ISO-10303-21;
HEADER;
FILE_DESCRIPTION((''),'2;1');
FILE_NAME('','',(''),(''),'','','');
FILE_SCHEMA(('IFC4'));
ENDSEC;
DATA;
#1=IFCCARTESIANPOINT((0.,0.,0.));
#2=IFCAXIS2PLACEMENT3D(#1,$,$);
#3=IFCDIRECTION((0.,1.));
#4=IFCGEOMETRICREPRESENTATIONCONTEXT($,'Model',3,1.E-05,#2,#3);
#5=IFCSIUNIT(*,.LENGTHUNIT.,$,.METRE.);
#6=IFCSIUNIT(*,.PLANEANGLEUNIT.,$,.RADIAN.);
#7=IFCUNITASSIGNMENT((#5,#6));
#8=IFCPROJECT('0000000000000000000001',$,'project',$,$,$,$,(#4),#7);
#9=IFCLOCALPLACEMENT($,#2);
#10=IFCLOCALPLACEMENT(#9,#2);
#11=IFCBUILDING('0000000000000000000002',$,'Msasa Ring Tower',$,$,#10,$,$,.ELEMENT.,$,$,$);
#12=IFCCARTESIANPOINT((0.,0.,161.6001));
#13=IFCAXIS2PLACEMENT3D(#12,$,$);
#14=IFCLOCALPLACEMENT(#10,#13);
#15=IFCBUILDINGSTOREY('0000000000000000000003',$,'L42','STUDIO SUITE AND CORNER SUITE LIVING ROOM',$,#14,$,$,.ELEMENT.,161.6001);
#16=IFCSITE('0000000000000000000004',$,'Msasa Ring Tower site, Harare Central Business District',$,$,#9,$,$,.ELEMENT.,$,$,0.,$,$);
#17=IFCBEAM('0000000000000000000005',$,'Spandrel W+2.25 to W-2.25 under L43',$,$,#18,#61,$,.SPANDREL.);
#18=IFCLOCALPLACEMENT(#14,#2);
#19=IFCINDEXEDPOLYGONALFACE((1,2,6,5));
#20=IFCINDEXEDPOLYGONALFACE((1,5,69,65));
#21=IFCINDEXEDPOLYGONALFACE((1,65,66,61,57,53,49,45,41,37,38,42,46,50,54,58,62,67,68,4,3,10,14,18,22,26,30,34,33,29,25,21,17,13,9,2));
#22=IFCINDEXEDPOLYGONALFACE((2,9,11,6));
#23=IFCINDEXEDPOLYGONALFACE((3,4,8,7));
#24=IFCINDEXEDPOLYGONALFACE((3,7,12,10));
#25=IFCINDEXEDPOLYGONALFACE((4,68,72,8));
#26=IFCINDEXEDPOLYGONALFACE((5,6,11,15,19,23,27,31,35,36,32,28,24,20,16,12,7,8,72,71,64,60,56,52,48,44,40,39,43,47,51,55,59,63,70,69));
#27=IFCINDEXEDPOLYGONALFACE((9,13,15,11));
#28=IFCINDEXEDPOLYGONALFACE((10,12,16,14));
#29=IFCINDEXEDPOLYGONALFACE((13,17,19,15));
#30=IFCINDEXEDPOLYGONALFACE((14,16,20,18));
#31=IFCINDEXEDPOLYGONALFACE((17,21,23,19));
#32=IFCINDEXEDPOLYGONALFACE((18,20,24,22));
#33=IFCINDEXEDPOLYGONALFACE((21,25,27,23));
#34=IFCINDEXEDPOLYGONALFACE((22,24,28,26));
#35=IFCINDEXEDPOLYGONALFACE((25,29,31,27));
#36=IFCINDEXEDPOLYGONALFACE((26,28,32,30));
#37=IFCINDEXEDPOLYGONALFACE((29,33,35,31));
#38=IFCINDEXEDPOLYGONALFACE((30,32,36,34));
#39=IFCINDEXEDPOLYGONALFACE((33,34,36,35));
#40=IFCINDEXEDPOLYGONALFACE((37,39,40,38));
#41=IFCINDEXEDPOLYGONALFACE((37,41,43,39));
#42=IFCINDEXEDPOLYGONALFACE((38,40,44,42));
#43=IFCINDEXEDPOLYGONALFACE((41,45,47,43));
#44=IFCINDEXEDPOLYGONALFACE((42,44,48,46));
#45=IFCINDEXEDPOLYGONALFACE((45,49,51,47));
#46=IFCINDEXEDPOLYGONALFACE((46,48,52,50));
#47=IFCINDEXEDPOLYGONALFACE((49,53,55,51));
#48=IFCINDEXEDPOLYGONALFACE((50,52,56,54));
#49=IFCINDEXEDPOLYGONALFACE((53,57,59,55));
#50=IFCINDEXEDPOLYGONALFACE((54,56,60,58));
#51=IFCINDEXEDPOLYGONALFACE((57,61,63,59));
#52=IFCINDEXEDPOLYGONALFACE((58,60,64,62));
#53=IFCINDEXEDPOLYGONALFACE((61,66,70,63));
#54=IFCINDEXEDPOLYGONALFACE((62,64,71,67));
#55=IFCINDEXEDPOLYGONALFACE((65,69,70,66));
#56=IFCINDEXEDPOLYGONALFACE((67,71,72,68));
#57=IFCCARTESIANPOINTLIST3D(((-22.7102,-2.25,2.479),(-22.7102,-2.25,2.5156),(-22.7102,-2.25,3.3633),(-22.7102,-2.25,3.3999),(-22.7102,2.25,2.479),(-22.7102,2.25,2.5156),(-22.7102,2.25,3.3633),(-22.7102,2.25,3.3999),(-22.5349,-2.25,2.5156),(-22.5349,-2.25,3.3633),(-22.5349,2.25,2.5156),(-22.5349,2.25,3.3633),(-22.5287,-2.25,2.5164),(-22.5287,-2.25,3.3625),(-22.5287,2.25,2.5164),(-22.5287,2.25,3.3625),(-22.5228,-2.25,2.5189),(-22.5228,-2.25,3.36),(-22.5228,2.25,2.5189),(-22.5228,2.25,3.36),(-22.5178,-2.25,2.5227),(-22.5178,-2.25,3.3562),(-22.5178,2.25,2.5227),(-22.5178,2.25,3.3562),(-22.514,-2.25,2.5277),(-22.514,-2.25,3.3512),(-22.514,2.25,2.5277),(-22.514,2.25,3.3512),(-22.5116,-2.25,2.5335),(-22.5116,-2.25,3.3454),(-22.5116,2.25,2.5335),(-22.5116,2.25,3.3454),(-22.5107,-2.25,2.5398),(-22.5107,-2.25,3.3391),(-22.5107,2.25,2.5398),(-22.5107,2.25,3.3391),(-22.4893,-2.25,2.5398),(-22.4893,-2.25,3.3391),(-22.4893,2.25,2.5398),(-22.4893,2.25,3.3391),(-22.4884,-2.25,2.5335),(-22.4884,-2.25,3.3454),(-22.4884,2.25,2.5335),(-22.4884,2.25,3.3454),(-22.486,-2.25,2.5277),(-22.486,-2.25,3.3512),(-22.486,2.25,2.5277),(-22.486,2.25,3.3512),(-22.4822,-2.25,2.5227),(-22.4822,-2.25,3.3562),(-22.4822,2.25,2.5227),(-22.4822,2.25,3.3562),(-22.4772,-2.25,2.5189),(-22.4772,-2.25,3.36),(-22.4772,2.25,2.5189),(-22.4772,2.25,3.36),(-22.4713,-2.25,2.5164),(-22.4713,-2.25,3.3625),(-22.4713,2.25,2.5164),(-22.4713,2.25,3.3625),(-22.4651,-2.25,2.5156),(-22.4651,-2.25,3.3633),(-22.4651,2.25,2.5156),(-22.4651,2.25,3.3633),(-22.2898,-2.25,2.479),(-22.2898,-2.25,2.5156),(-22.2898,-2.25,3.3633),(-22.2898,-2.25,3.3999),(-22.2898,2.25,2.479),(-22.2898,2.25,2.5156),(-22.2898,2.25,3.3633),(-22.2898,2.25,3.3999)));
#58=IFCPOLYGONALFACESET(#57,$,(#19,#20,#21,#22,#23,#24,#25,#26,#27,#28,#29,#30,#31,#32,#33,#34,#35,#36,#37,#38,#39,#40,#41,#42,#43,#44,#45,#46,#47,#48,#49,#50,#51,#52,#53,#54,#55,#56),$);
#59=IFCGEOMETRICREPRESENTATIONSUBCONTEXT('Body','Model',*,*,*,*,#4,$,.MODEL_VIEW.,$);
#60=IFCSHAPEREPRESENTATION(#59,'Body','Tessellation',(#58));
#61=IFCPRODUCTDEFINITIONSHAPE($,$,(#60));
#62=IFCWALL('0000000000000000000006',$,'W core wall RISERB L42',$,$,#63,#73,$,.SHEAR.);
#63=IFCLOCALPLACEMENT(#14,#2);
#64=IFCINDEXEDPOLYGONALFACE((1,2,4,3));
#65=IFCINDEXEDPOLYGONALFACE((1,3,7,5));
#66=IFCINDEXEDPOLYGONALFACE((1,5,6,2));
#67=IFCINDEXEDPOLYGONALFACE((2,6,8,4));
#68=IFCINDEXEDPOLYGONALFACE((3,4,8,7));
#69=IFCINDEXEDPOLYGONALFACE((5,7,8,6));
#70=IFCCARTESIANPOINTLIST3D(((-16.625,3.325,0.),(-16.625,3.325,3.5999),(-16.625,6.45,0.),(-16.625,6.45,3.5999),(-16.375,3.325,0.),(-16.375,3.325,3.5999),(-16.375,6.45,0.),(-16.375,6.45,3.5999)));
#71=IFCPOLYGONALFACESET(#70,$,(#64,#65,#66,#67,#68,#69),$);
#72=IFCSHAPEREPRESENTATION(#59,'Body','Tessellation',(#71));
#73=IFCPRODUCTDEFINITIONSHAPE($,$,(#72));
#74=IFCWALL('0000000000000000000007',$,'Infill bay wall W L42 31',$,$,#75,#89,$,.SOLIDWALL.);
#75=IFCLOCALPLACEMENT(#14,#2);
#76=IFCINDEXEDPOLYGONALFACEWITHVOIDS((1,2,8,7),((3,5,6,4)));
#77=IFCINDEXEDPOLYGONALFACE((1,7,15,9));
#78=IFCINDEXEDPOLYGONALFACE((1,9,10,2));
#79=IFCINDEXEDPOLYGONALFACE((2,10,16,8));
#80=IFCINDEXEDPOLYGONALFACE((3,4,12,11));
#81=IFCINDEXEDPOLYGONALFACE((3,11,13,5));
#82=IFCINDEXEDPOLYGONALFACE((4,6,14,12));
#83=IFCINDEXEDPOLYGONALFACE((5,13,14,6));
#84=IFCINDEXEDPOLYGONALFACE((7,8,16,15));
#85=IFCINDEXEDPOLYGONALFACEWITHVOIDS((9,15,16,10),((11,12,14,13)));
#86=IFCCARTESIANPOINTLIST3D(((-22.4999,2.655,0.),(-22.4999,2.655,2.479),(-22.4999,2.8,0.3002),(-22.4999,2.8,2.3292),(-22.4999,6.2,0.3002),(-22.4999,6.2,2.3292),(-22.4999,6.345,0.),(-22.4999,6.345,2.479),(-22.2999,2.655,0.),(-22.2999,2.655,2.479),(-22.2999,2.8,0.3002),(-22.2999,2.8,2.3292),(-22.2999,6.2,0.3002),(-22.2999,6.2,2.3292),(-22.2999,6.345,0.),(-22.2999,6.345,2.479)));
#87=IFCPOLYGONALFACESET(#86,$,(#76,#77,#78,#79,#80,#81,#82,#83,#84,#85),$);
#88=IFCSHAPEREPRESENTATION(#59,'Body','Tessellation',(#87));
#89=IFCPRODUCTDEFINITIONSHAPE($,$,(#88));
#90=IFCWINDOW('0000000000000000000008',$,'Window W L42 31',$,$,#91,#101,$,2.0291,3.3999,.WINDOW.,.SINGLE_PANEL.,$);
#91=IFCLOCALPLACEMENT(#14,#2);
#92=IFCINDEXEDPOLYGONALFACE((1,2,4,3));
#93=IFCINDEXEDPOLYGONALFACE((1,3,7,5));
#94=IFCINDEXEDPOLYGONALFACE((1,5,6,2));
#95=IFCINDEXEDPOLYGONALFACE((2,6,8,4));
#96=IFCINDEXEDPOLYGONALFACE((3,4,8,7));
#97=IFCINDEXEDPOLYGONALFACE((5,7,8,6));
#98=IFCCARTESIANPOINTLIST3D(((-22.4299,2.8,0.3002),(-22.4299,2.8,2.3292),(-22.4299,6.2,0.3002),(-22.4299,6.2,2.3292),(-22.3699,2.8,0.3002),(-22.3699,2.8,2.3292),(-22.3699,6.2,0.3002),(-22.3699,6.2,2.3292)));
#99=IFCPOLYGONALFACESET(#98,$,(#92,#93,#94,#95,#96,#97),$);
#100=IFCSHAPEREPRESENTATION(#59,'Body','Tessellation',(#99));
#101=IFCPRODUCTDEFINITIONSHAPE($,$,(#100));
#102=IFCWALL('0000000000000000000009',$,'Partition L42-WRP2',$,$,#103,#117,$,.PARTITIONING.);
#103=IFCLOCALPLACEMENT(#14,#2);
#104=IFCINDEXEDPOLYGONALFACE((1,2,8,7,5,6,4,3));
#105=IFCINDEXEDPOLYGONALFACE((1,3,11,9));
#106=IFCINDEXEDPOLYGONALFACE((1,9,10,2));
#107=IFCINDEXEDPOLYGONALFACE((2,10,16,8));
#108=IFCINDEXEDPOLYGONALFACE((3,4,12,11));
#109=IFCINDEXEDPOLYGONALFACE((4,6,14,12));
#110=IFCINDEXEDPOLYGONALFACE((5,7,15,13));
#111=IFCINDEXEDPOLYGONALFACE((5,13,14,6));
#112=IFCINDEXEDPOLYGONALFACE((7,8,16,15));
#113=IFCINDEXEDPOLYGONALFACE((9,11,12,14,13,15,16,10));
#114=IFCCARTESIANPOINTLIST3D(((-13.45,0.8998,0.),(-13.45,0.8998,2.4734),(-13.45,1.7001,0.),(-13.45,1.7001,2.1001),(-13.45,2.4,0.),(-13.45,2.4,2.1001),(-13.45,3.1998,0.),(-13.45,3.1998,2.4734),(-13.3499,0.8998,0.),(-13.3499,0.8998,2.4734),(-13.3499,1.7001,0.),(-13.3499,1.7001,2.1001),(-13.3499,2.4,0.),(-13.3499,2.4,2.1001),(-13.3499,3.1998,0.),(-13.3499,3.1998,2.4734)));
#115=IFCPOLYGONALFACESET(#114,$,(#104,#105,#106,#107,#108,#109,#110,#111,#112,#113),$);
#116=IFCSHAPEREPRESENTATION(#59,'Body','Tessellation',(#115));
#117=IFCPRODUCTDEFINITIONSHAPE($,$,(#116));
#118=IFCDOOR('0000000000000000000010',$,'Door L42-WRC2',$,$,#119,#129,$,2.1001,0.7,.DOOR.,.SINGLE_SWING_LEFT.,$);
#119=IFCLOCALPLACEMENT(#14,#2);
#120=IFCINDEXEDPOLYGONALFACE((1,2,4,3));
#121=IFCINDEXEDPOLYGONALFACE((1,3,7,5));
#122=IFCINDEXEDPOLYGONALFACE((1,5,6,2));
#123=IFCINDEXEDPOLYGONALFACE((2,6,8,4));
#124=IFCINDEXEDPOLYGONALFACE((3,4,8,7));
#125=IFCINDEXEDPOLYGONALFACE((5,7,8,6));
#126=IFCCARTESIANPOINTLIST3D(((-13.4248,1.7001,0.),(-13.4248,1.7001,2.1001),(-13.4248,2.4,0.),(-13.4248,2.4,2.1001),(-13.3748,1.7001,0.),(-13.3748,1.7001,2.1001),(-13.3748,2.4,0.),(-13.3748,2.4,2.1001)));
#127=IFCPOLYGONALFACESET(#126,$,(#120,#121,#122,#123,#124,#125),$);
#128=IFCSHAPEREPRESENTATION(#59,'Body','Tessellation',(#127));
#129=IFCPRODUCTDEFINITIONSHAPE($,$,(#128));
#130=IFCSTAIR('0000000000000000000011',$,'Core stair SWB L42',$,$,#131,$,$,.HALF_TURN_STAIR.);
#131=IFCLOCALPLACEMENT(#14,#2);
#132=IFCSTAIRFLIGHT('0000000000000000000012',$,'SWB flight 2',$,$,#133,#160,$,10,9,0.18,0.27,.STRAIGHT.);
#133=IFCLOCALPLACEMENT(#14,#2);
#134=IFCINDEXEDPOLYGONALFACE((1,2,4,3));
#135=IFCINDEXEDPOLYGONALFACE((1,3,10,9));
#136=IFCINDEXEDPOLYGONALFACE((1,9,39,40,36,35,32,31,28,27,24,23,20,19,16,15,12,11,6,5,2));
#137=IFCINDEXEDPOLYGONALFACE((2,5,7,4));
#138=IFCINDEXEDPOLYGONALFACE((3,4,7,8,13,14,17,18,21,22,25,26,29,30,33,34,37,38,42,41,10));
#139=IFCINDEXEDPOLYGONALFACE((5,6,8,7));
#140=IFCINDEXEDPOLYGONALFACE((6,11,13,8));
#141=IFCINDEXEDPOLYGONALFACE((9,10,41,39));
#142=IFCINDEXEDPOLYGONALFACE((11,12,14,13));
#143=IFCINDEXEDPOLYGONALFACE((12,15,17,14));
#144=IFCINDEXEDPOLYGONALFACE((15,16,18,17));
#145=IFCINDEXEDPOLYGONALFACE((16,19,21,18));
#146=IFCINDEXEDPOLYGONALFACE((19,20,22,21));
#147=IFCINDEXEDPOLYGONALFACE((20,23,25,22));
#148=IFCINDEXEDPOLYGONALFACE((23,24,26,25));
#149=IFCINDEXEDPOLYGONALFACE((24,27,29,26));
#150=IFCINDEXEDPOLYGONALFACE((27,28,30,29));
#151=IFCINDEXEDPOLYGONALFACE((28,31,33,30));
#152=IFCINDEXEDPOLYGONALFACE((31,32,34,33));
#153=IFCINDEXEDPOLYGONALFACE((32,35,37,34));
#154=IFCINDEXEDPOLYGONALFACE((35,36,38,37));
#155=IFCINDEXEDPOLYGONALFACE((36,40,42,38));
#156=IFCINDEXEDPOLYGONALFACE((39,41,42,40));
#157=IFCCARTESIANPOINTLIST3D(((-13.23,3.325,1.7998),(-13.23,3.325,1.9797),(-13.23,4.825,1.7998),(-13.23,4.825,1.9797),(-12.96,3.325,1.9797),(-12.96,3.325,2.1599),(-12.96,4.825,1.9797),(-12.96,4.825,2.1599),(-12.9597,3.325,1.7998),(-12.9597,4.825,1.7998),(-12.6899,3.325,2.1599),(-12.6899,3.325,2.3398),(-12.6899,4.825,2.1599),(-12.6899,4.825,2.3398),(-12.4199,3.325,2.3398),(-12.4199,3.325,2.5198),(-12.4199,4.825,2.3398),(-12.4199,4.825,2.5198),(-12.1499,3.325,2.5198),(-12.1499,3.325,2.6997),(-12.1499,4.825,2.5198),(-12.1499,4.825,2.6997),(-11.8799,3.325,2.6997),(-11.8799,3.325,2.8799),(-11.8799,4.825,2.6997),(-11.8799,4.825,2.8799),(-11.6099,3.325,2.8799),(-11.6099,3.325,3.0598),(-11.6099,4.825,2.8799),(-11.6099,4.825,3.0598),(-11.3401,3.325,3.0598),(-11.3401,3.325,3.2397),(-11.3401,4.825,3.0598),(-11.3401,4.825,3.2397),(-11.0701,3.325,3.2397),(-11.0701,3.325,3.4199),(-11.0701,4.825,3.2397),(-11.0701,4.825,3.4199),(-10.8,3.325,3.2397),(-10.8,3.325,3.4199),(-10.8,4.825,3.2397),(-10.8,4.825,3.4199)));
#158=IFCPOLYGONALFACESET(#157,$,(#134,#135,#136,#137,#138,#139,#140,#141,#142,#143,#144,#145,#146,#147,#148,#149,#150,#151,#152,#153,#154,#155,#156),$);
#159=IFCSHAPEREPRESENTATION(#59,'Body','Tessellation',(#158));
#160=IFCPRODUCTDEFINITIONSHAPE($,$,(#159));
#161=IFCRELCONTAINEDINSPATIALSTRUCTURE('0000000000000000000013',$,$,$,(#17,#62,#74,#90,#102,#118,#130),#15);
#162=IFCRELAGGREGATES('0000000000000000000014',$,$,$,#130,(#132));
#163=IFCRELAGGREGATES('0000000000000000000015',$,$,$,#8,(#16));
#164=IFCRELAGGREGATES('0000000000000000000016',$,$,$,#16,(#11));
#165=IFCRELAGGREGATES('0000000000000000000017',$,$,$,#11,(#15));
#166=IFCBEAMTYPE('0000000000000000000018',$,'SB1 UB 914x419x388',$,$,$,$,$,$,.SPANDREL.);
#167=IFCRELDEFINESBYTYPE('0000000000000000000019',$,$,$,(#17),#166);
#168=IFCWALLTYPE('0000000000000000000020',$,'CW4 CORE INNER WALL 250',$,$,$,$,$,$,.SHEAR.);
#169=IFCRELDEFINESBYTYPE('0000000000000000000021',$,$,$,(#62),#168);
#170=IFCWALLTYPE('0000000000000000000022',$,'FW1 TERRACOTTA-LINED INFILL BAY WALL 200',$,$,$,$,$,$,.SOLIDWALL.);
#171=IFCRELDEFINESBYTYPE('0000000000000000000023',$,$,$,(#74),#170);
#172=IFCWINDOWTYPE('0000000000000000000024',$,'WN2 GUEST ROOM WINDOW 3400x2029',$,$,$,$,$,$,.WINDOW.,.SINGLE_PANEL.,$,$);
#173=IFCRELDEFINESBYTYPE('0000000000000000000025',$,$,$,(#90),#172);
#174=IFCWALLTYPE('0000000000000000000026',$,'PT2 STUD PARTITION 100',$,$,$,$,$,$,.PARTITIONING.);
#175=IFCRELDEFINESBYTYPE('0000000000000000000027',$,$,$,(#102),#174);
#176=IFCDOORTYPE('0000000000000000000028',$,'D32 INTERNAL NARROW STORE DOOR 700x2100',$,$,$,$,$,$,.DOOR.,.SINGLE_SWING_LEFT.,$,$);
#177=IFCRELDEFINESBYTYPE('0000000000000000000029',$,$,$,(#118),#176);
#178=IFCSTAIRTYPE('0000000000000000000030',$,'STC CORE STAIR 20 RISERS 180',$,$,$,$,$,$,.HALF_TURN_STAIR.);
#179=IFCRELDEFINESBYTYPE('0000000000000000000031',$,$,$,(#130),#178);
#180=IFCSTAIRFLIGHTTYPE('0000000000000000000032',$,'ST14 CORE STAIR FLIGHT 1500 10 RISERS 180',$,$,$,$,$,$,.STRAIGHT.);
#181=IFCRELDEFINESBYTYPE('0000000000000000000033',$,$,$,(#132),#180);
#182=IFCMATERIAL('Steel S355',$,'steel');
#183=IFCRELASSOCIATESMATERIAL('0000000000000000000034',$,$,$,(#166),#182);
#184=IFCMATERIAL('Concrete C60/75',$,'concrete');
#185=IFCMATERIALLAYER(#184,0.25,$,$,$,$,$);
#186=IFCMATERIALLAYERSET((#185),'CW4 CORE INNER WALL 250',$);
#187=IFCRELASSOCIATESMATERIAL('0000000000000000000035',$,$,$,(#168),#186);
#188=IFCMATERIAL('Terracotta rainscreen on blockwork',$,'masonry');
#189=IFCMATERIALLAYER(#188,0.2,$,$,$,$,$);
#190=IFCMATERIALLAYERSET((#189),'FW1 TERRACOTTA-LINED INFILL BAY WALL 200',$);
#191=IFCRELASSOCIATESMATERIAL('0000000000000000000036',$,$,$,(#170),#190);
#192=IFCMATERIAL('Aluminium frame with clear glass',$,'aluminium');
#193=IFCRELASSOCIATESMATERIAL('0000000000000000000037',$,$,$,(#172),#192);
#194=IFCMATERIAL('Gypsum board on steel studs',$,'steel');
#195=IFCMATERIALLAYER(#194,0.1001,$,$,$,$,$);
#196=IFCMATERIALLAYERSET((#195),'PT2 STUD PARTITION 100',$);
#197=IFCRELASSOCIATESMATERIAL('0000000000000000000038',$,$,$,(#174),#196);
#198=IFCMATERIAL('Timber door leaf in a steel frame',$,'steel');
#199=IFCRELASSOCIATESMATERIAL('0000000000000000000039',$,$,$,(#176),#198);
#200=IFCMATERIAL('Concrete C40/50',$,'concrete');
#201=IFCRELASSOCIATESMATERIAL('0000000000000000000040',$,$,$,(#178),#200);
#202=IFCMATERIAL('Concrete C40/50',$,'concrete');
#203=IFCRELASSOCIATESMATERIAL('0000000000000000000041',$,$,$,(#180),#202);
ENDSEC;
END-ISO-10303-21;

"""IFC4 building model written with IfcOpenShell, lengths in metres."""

from ifc_helpers import new_model, si_unit, direction, frame, frame_2d, origin, origin_2d, place, context, subcontext, project, spatial, polyline, rectangle, i_section, outline, extrude, material, layer, layer_set, material_profile, profile_set, type_object, element, fill, aggregate, save


model = new_model("IFC4")

# Units and contexts
model_context = context("Model", 3, precision=1e-05, world=origin(), true_north=direction((0.0, 1.0)))
body_context = subcontext(model_context, "Body", "Model", "MODEL_VIEW")
ifc_project = project(units=[si_unit("LENGTHUNIT", "METRE"), si_unit("PLANEANGLEUNIT", "RADIAN")], contexts=[model_context])

# Site, building, storey
site_placement = place(None, origin())
site = spatial("IfcSite", under=ifc_project, at=site_placement, Name="Msasa Ring Tower site, Harare Central Business District", CompositionType="ELEMENT", RefElevation=0.0)
building_placement = place(site_placement, origin())
building = spatial("IfcBuilding", under=site, at=building_placement, Name="Msasa Ring Tower", CompositionType="ELEMENT")
storey_placement = place(building_placement, frame((0.0, 0.0, 161.6001)))
storey = spatial("IfcBuildingStorey", under=building, at=storey_placement, Name="L42", Description="STUDIO SUITE AND CORNER SUITE LIVING ROOM", CompositionType="ELEMENT", Elevation=161.6001)

# Beam
ifc_material_1 = material(Name="Steel S355", Category="steel")
ifc_material_profile_1 = material_profile(ifc_material_1, i_section(OverallWidth=0.4204, OverallDepth=0.9209, WebThickness=0.0215, FlangeThickness=0.0366, FilletRadius=0.0242, at=origin_2d()), Name="UB 914x419x388")
ifc_profile_set_1 = profile_set([ifc_material_profile_1], Name="Steel S355")
beam_type_1 = type_object("IfcBeamType", Name="SB1 UB 914x419x388", PredefinedType="SPANDREL", material=ifc_profile_set_1)
for number, where, z_axis, x_axis, name in (
    (1, (-22.5, 2.25, 2.9395), (0.0, -1.0, 0.0), (1.0, 0.0, 0.0), "Spandrel W+2.25 to W-2.25 under L43"),
):
    element("IfcBeam", number, at=place(storey_placement, frame(where, z_axis=z_axis, x_axis=x_axis)), inside=storey, type_object=beam_type_1, Name=name, PredefinedType="SPANDREL", context=body_context, shape_type="SweptSolid", body=[
        extrude(i_section(OverallWidth=0.4204, OverallDepth=0.9209, WebThickness=0.0215, FlangeThickness=0.0366, FilletRadius=0.0242, at=origin_2d()), origin(), (0.0, 0.0, 1.0), 4.5),
    ])

# Wall
ifc_material_2 = material(Name="Concrete C60/75", Category="concrete")
ifc_layer_1 = layer(ifc_material_2, 0.25)
ifc_layer_set_1 = layer_set([ifc_layer_1], Name="CW4 CORE INNER WALL 250")
wall_type_1 = type_object("IfcWallType", Name="CW4 CORE INNER WALL 250", PredefinedType="SHEAR", material=ifc_layer_set_1)
wall_1_placement = place(storey_placement, frame((-16.5, 3.325, 0.0), z_axis=(0.0, 0.0, 1.0), x_axis=(0.0, 1.0, 0.0)))
element("IfcWall", 2, at=wall_1_placement, inside=storey, type_object=wall_type_1, Name="W core wall RISERB L42", PredefinedType="SHEAR", context=body_context, shape_type="SweptSolid", body=[
    extrude(rectangle(XDim=3.125, YDim=0.25, at=frame_2d((1.5625, 0.0))), origin(), (0.0, 0.0, 1.0), 3.5999),
])

# Wall, opening, window
ifc_material_3 = material(Name="Terracotta rainscreen on blockwork", Category="masonry")
ifc_layer_2 = layer(ifc_material_3, 0.2)
ifc_layer_set_2 = layer_set([ifc_layer_2], Name="FW1 TERRACOTTA-LINED INFILL BAY WALL 200")
wall_type_2 = type_object("IfcWallType", Name="FW1 TERRACOTTA-LINED INFILL BAY WALL 200", PredefinedType="SOLIDWALL", material=ifc_layer_set_2)
wall_2_placement = place(storey_placement, frame((-22.3999, 2.655, 0.0), z_axis=(0.0, 0.0, 1.0), x_axis=(0.0, 1.0, 0.0)))
wall_2 = element("IfcWall", 3, at=wall_2_placement, inside=storey, type_object=wall_type_2, Name="Infill bay wall W L42 31", PredefinedType="SOLIDWALL", context=body_context, shape_type="SweptSolid", body=[
    extrude(rectangle(XDim=3.6899, YDim=0.2, at=frame_2d((1.845, 0.0))), origin(), (0.0, 0.0, 1.0), 2.479),
])
opening_1_placement = place(wall_2_placement, frame((0.145, 0.0, 0.3)))
opening_1 = element("IfcOpeningElement", 4, at=opening_1_placement, cuts=wall_2, PredefinedType="OPENING", context=body_context, shape_type="SweptSolid", body=[
    extrude(rectangle(XDim=3.3999, YDim=2.0291, at=frame_2d((1.7, 1.0146))), frame((0.0, 0.1099, 0.0), z_axis=(0.0, -1.0, 0.0), x_axis=(1.0, 0.0, 0.0)), (0.0, 0.0, 1.0), 0.22),
])
ifc_material_4 = material(Name="Aluminium frame with clear glass", Category="aluminium")
window_type = type_object("IfcWindowType", Name="WN2 GUEST ROOM WINDOW 3400x2029", PartitioningType="SINGLE_PANEL", PredefinedType="WINDOW", material=ifc_material_4)
window_placement = place(opening_1_placement, origin())
window = element("IfcWindow", 5, at=window_placement, inside=storey, type_object=window_type, Name="Window W L42 31", OverallHeight=2.0291, OverallWidth=3.3999, PartitioningType="SINGLE_PANEL", PredefinedType="WINDOW", context=body_context, shape_type="SweptSolid", body=[
    extrude(rectangle(XDim=3.3999, YDim=2.0291, at=frame_2d((1.7, 1.0146))), frame((0.0, 0.03, 0.0), z_axis=(0.0, -1.0, 0.0), x_axis=(1.0, 0.0, 0.0)), (0.0, 0.0, 1.0), 0.0601),
])
fill(opening_1, window)

# Wall, opening, door
ifc_material_5 = material(Name="Gypsum board on steel studs", Category="steel")
ifc_layer_3 = layer(ifc_material_5, 0.1001)
ifc_layer_set_3 = layer_set([ifc_layer_3], Name="PT2 STUD PARTITION 100")
wall_type_3 = type_object("IfcWallType", Name="PT2 STUD PARTITION 100", PredefinedType="PARTITIONING", material=ifc_layer_set_3)
wall_3_placement = place(storey_placement, frame((-13.3999, 0.8999, 0.0), z_axis=(0.0, 0.0, 1.0), x_axis=(0.0, 1.0, 0.0)))
wall_3 = element("IfcWall", 6, at=wall_3_placement, inside=storey, type_object=wall_type_3, Name="Partition L42-WRP2", PredefinedType="PARTITIONING", context=body_context, shape_type="SweptSolid", body=[
    extrude(rectangle(XDim=2.3, YDim=0.1001, at=frame_2d((1.1499, 0.0))), origin(), (0.0, 0.0, 1.0), 2.4734),
])
opening_2_placement = place(wall_3_placement, frame((0.8, 0.0, 0.0)))
opening_2 = element("IfcOpeningElement", 7, at=opening_2_placement, cuts=wall_3, PredefinedType="OPENING", context=body_context, shape_type="SweptSolid", body=[
    extrude(rectangle(XDim=0.7, YDim=2.1001, at=frame_2d((0.3501, 1.05))), frame((0.0, 0.0601, 0.0), z_axis=(0.0, -1.0, 0.0), x_axis=(1.0, 0.0, 0.0)), (0.0, 0.0, 1.0), 0.1201),
])
ifc_material_6 = material(Name="Timber door leaf in a steel frame", Category="steel")
door_type = type_object("IfcDoorType", Name="D32 INTERNAL NARROW STORE DOOR 700x2100", OperationType="SINGLE_SWING_LEFT", PredefinedType="DOOR", material=ifc_material_6)
door_placement = place(opening_2_placement, origin())
door = element("IfcDoor", 8, at=door_placement, inside=storey, type_object=door_type, Name="Door L42-WRC2", OperationType="SINGLE_SWING_LEFT", OverallHeight=2.1001, OverallWidth=0.7, PredefinedType="DOOR", context=body_context, shape_type="SweptSolid", body=[
    extrude(rectangle(XDim=0.7, YDim=2.1001, at=frame_2d((0.3501, 1.05))), frame((0.0, 0.0249, 0.0), z_axis=(0.0, -1.0, 0.0), x_axis=(1.0, 0.0, 0.0)), (0.0, 0.0, 1.0), 0.05),
])
fill(opening_2, door)

# Stair, stair flight
ifc_material_7 = material(Name="Concrete C40/50", Category="concrete")
stair_type = type_object("IfcStairType", Name="STC CORE STAIR 20 RISERS 180", PredefinedType="HALF_TURN_STAIR", material=ifc_material_7)
stair_placement = place(storey_placement, origin())
stair = element("IfcStair", 9, at=stair_placement, inside=storey, type_object=stair_type, Name="Core stair SWB L42", PredefinedType="HALF_TURN_STAIR")
ifc_material_8 = material(Name="Concrete C40/50", Category="concrete")
stair_flight_type = type_object("IfcStairFlightType", Name="ST14 CORE STAIR FLIGHT 1500 10 RISERS 180", PredefinedType="STRAIGHT", material=ifc_material_8)
stair_flight_placement = place(storey_placement, frame((-13.23, 4.075, 1.7998), z_axis=(0.0, 0.0, 1.0), x_axis=(1.0, 0.0, 0.0)))
stair_flight = element("IfcStairFlight", 10, at=stair_flight_placement, type_object=stair_flight_type, Name="SWB flight 2", NumberOfRisers=10, NumberOfTreads=9, PredefinedType="STRAIGHT", RiserHeight=0.18, TreadLength=0.27, context=body_context, shape_type="SweptSolid", body=[
    extrude(outline(polyline([(0.0, 0.0), (0.0, 0.1799), (0.27, 0.1799), (0.27, 0.3601), (0.54, 0.3601), (0.54, 0.54), (0.8101, 0.54), (0.8101, 0.72), (1.0801, 0.72), (1.0801, 0.8999), (1.3501, 0.8999), (1.3501, 1.0801), (1.6201, 1.0801), (1.6201, 1.26), (1.8899, 1.26), (1.8899, 1.4399), (2.1599, 1.4399), (2.1599, 1.6201), (2.4299, 1.6201), (2.4299, 1.8), (2.4299, 1.4399), (0.2703, 0.0), (0.0, 0.0)])), frame((0.0, 0.75, 0.0), z_axis=(0.0, -1.0, 0.0), x_axis=(1.0, 0.0, 0.0)), (0.0, 0.0, 1.0), 1.5),
])
aggregate(stair, [stair_flight])

save(model, "model.ifc")
